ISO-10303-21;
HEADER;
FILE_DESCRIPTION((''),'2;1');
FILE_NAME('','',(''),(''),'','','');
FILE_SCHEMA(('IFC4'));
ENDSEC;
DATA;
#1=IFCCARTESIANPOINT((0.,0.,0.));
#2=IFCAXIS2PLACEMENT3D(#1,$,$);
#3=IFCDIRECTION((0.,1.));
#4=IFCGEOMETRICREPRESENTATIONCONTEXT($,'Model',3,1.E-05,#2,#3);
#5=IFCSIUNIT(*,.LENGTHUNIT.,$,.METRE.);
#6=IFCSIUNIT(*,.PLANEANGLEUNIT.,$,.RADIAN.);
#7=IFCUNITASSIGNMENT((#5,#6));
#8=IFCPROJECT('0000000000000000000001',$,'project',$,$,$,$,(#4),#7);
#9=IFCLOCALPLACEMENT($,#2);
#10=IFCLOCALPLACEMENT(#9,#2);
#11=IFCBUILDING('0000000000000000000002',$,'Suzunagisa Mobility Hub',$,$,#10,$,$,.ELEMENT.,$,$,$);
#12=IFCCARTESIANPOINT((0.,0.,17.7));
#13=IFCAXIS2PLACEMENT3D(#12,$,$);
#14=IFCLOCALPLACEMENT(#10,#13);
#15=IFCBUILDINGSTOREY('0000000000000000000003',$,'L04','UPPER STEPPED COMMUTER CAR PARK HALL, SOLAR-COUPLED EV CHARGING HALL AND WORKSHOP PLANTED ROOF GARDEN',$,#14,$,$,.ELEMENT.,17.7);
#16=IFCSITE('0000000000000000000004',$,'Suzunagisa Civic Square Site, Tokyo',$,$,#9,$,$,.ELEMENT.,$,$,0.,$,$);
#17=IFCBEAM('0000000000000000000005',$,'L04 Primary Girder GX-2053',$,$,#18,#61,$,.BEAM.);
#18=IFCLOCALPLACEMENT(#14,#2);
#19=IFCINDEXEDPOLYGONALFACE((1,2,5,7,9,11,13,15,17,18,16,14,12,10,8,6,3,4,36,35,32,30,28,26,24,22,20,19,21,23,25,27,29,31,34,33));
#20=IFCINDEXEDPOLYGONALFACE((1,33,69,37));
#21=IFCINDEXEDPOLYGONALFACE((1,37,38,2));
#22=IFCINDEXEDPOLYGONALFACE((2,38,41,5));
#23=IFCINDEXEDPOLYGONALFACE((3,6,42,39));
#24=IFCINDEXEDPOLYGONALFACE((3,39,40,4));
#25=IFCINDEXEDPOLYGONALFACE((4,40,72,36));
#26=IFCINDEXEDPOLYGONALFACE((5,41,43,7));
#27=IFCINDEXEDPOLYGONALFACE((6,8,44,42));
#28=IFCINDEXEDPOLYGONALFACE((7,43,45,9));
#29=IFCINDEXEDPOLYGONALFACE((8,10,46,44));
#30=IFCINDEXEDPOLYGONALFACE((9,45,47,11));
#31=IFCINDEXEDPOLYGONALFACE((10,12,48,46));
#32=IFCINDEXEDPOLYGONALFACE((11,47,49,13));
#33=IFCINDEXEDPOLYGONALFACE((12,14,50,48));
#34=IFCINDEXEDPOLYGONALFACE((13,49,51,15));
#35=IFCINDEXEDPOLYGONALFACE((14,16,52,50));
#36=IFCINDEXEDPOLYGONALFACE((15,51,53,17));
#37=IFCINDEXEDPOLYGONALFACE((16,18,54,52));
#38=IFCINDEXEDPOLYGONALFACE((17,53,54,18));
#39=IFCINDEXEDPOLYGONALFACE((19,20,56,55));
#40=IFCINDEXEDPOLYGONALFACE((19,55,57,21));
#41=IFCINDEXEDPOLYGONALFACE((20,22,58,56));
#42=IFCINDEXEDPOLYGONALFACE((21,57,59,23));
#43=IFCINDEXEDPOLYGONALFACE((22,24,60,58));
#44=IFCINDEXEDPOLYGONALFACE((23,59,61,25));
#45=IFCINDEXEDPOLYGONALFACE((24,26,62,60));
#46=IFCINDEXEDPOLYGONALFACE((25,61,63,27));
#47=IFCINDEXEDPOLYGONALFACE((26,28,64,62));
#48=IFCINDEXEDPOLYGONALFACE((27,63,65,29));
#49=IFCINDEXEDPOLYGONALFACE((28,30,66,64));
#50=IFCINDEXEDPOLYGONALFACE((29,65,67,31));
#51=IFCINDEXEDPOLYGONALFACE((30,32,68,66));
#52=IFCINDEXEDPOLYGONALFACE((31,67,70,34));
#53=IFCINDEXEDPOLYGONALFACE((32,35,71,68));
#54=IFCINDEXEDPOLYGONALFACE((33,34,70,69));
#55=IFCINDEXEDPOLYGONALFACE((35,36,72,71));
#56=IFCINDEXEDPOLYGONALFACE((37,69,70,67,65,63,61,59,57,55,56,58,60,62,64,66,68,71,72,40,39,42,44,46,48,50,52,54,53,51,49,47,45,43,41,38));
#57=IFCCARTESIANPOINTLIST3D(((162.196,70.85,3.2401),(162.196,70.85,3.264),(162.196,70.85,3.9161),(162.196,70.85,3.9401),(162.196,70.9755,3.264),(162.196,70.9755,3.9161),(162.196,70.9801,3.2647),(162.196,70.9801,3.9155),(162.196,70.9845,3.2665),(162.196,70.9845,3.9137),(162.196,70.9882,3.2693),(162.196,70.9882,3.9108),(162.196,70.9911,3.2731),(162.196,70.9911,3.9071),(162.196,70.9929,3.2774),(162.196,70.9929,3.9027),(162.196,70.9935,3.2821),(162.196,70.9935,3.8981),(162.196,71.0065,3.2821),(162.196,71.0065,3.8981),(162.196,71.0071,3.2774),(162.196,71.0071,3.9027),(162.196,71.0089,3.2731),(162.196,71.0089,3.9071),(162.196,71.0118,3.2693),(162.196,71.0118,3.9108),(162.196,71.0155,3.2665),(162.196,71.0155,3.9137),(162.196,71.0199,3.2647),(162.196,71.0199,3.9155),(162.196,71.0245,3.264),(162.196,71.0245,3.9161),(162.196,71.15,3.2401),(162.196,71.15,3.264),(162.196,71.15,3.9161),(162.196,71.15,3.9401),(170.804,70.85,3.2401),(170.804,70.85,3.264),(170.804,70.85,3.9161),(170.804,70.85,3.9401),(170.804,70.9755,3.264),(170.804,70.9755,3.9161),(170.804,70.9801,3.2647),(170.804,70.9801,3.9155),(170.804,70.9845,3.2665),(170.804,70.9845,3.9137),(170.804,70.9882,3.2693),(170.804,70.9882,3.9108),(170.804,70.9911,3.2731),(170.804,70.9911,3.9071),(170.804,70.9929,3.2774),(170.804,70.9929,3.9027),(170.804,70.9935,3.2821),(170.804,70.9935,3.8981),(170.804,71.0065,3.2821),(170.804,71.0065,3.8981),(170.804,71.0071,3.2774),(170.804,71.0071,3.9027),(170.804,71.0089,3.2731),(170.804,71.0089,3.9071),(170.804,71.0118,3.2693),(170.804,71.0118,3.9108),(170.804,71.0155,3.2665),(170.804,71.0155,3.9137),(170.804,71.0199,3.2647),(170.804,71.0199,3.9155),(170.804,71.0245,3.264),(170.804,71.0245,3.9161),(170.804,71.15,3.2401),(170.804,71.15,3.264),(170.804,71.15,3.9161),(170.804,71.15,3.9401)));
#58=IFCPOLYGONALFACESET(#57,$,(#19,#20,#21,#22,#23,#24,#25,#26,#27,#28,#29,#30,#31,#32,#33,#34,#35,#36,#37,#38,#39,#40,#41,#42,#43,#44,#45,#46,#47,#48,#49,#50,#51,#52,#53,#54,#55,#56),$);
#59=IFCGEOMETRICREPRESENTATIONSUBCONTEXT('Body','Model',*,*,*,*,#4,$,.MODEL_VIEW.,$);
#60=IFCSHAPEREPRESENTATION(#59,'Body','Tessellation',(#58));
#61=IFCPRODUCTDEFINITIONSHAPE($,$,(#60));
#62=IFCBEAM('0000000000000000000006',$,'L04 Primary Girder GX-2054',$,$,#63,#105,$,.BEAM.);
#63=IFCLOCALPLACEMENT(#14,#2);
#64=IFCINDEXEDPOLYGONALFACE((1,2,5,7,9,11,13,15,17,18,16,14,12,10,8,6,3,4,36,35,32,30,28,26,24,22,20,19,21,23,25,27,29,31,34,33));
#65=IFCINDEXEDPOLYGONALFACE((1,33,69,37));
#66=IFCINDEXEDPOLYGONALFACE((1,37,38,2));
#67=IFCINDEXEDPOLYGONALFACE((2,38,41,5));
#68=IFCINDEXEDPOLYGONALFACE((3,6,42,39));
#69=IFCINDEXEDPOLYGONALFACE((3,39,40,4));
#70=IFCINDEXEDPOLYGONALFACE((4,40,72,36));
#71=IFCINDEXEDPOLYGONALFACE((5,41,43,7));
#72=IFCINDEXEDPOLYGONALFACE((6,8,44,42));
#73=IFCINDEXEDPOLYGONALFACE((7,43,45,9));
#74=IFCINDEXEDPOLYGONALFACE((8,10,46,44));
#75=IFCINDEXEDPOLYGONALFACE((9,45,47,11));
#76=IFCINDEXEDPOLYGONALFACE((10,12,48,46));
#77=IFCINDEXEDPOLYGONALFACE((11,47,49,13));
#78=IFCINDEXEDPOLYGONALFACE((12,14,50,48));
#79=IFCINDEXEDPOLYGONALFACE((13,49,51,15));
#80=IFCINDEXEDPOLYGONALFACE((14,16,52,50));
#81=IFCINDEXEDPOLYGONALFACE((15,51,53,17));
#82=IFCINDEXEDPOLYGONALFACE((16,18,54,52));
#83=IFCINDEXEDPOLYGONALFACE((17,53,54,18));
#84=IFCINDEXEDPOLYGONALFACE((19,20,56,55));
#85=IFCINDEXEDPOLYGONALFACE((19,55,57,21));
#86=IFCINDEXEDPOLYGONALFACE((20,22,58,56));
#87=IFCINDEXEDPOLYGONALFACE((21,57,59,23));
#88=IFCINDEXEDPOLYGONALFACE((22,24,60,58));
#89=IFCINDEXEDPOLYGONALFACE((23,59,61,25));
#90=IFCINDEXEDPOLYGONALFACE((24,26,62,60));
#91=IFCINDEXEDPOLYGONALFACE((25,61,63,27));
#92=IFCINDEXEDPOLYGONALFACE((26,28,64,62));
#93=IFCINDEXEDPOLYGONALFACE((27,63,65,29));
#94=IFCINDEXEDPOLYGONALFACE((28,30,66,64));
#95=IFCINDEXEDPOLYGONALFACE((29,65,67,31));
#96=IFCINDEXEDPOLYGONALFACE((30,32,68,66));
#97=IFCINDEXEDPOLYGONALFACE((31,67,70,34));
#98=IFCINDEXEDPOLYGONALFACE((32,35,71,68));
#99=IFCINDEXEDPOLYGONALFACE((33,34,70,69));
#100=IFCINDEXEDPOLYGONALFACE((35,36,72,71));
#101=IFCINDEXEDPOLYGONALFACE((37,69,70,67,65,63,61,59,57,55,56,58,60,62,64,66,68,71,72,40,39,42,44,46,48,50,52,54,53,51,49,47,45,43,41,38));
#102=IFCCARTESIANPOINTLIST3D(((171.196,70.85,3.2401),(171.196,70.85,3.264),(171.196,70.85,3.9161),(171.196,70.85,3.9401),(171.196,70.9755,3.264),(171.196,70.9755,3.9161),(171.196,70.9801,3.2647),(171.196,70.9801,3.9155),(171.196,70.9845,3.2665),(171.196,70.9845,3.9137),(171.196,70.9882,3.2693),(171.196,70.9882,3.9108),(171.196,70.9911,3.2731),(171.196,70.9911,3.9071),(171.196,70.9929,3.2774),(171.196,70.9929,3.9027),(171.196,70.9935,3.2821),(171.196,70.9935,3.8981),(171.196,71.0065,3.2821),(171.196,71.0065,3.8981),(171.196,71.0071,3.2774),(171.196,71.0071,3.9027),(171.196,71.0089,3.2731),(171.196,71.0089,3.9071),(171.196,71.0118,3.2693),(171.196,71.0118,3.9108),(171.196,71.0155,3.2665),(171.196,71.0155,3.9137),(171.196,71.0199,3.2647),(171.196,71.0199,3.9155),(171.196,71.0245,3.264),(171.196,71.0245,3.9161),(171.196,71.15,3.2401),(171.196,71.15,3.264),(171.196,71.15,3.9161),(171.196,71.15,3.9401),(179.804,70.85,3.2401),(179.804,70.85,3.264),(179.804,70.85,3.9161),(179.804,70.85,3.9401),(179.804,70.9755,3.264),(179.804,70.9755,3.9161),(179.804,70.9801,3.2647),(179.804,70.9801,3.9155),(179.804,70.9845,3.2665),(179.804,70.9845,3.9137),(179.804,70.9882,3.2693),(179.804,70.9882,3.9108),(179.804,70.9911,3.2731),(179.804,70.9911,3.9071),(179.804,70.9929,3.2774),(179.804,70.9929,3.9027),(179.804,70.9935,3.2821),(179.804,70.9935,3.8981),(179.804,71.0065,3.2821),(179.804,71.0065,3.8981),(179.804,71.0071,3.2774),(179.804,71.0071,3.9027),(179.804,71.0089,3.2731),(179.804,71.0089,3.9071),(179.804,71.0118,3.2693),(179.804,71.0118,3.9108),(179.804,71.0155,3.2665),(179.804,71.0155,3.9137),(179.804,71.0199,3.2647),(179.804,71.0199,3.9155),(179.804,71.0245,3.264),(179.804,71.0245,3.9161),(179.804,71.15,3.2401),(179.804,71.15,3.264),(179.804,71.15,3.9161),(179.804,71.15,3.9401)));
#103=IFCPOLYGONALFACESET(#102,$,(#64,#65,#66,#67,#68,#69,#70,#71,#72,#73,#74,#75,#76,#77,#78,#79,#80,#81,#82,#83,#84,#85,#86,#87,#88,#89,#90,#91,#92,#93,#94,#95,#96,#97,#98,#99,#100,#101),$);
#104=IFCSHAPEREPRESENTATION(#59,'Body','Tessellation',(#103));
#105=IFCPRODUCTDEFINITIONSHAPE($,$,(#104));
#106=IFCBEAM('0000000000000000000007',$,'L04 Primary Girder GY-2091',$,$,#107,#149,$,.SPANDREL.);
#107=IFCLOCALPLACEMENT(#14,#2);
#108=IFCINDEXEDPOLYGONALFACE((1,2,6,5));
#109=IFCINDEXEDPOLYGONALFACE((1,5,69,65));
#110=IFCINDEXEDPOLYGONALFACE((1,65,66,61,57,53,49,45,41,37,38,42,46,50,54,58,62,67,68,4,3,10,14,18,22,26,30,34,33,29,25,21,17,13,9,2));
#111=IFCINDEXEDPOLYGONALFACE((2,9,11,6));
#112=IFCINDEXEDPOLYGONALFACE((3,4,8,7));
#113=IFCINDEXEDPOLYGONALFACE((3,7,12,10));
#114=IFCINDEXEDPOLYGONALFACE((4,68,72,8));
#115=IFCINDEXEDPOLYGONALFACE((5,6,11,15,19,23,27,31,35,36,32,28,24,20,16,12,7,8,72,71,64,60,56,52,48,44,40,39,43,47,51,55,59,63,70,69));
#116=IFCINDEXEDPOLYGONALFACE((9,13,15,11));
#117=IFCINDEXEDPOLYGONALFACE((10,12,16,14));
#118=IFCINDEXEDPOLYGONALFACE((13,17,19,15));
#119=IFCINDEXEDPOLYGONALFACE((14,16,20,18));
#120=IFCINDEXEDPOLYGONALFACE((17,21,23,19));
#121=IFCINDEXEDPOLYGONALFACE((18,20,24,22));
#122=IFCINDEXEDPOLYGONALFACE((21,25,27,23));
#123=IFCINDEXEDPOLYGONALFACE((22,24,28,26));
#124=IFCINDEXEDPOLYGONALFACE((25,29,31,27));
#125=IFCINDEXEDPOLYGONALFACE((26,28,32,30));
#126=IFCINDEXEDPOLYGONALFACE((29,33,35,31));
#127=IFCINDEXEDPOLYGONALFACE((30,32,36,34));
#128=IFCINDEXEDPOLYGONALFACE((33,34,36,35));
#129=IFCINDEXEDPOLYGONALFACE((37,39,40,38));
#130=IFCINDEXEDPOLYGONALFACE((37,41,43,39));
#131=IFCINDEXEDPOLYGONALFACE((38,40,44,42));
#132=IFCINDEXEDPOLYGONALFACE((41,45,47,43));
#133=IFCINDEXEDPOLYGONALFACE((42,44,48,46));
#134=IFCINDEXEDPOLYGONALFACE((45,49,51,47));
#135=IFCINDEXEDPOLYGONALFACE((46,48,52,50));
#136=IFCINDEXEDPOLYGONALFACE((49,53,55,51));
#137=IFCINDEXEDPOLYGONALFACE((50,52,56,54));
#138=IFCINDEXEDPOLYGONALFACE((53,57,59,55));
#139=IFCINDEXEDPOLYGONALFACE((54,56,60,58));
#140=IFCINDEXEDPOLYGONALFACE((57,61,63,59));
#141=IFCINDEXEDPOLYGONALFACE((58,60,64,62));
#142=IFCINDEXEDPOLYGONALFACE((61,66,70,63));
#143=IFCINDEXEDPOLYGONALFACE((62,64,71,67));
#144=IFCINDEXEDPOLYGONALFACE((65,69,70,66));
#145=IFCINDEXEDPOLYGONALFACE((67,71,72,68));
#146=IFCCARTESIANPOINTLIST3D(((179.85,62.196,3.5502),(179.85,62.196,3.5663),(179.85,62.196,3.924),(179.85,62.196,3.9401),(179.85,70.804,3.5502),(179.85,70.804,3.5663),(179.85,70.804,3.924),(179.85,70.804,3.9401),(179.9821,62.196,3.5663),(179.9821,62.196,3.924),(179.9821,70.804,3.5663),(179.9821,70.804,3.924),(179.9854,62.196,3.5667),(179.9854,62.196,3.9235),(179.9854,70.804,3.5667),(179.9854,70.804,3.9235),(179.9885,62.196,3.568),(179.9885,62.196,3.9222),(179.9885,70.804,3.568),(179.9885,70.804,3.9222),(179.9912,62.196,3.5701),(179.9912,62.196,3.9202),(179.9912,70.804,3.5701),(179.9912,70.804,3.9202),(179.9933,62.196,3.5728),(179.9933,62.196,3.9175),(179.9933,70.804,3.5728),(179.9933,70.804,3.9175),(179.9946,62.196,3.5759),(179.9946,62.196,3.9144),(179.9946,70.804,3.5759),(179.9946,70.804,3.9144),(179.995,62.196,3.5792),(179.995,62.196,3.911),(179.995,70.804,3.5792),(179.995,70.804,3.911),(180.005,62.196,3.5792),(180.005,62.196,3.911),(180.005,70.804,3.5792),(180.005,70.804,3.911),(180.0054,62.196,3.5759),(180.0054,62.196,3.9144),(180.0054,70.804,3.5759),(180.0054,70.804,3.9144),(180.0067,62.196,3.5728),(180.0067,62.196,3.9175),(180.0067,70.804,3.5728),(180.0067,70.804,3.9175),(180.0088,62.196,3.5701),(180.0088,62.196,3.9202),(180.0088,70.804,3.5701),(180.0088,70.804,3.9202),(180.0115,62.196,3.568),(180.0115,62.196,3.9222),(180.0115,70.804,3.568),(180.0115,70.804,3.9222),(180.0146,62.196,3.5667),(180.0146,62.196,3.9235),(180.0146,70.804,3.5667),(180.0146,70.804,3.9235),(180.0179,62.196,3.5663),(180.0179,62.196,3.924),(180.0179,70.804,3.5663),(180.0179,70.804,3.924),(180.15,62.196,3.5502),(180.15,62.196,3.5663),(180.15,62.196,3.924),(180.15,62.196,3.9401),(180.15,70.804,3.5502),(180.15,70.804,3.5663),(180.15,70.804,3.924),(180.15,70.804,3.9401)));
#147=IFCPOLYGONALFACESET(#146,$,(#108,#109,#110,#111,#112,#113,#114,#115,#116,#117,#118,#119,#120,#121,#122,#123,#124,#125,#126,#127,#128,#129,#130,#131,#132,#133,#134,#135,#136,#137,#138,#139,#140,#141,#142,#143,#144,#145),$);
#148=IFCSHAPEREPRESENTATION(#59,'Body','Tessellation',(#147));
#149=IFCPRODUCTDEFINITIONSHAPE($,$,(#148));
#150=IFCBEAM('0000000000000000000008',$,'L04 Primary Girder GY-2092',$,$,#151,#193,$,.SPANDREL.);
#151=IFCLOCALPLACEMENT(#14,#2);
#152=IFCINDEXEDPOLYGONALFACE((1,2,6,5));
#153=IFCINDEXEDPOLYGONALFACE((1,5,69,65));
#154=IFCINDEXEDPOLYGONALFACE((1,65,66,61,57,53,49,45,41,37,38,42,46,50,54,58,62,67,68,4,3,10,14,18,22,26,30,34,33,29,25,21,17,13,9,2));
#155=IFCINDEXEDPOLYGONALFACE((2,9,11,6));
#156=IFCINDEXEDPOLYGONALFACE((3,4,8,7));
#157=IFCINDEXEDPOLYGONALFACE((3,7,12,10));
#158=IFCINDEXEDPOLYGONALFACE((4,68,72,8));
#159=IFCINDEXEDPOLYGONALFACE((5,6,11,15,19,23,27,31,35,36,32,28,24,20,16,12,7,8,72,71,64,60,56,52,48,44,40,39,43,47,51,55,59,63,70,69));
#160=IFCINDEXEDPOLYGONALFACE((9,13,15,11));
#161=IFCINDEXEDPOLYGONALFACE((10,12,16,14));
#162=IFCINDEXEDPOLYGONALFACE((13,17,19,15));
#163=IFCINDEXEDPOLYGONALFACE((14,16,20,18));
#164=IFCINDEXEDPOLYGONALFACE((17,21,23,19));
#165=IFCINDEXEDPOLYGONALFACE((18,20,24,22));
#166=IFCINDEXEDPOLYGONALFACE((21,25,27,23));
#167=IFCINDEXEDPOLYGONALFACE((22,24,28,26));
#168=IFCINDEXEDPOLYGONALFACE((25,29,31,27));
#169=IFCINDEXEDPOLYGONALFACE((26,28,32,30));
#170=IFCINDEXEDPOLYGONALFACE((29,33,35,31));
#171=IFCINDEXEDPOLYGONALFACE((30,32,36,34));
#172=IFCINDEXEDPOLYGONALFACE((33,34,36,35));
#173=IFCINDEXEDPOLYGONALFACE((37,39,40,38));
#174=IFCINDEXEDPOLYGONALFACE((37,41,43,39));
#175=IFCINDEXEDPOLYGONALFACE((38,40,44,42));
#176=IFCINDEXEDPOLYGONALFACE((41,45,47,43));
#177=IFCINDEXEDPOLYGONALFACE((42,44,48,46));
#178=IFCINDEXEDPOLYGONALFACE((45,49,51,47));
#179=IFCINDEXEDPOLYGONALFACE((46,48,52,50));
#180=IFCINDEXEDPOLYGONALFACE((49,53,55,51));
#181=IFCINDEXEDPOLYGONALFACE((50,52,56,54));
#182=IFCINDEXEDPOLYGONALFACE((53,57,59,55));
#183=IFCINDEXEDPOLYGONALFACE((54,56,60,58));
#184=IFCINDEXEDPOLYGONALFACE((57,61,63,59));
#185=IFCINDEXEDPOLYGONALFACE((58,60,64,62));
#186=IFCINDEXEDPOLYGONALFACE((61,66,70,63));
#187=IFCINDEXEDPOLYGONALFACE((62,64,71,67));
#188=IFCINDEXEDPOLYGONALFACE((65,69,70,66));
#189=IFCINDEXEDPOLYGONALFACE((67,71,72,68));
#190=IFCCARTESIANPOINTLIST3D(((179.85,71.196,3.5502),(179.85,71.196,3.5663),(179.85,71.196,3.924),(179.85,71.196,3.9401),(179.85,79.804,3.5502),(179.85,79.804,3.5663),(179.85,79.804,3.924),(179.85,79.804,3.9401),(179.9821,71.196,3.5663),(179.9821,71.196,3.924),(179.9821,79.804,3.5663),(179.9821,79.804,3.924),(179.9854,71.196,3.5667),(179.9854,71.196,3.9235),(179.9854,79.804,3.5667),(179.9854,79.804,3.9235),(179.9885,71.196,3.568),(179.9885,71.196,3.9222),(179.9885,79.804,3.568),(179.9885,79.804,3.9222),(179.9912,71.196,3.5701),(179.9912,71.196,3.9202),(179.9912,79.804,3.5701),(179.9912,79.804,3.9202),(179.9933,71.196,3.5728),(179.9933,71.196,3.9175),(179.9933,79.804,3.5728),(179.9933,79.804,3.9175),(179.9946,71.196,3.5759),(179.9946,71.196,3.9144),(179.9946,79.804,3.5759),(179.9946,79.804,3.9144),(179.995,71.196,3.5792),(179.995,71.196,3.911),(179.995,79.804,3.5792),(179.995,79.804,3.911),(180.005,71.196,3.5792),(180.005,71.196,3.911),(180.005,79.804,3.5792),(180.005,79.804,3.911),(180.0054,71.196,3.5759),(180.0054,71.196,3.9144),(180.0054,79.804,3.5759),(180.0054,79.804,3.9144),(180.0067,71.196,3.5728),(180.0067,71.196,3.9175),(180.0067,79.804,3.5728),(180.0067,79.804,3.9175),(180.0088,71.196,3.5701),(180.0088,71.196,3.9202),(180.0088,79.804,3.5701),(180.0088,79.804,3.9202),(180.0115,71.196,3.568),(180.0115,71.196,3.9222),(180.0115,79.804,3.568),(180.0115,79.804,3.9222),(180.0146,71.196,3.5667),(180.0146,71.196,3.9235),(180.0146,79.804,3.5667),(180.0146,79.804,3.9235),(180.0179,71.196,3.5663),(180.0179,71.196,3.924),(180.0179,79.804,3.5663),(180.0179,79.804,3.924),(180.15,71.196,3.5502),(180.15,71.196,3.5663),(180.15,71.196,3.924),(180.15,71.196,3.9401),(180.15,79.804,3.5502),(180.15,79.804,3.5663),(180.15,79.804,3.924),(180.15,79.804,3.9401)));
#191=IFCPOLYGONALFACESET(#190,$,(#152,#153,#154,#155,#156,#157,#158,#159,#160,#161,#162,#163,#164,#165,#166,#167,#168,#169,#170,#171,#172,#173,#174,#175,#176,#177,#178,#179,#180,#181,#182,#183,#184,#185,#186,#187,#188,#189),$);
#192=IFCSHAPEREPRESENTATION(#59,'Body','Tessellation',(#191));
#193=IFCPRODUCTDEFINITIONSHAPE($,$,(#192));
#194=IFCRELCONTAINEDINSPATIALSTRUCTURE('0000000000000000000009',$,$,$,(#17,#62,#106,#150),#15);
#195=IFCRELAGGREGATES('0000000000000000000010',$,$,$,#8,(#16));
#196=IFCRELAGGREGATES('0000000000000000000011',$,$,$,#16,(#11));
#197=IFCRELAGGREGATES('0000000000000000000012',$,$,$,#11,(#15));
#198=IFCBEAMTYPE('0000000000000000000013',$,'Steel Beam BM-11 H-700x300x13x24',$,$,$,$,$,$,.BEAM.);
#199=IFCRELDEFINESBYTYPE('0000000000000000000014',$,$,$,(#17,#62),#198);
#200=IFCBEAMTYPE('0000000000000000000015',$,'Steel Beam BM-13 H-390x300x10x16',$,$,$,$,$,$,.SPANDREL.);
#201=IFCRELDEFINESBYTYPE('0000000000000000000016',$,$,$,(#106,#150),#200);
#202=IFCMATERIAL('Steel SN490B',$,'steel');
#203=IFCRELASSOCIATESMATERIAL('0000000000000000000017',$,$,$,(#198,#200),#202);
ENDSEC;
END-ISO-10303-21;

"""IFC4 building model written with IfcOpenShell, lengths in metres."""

from ifc_helpers import new_model, si_unit, direction, frame, origin, origin_2d, place, context, subcontext, project, spatial, i_section, extrude, material, material_profile, profile_set, type_object, element, save


model = new_model("IFC4")

# Units and contexts
model_context = context("Model", 3, precision=1e-05, world=origin(), true_north=direction((0.0, 1.0)))
body_context = subcontext(model_context, "Body", "Model", "MODEL_VIEW")
ifc_project = project(units=[si_unit("LENGTHUNIT", "METRE"), si_unit("PLANEANGLEUNIT", "RADIAN")], contexts=[model_context])

# Site, building, storey
site_placement = place(None, origin())
site = spatial("IfcSite", under=ifc_project, at=site_placement, Name="Suzunagisa Civic Square Site, Tokyo", CompositionType="ELEMENT", RefElevation=0.0)
building_placement = place(site_placement, origin())
building = spatial("IfcBuilding", under=site, at=building_placement, Name="Suzunagisa Mobility Hub", CompositionType="ELEMENT")
storey_placement = place(building_placement, frame((0.0, 0.0, 17.7)))
storey = spatial("IfcBuildingStorey", under=building, at=storey_placement, Name="L04", Description="UPPER STEPPED COMMUTER CAR PARK HALL, SOLAR-COUPLED EV CHARGING HALL AND WORKSHOP PLANTED ROOF GARDEN", CompositionType="ELEMENT", Elevation=17.7)

# Shared definitions
ifc_material_1 = material(Name="Steel SN490B", Category="steel")

# Beams
ifc_material_profile_1 = material_profile(ifc_material_1, i_section(OverallWidth=0.3, OverallDepth=0.7, WebThickness=0.0129, FlangeThickness=0.0239, FilletRadius=0.0181, at=origin_2d()), Name="H-700x300x13x24")
ifc_profile_set_1 = profile_set([ifc_material_profile_1], Name="Steel SN490B")
beam_type_1 = type_object("IfcBeamType", Name="Steel Beam BM-11 H-700x300x13x24", PredefinedType="BEAM", material=ifc_profile_set_1)
for number, where, z_axis, x_axis, name in (
    (1, (162.196, 71.0, 3.5901), (1.0, 0.0, 0.0), (0.0, 1.0, 0.0), "L04 Primary Girder GX-2053"),
    (2, (171.196, 71.0, 3.5901), (1.0, 0.0, 0.0), (0.0, 1.0, 0.0), "L04 Primary Girder GX-2054"),
):
    element("IfcBeam", number, at=place(storey_placement, frame(where, z_axis=z_axis, x_axis=x_axis)), inside=storey, type_object=beam_type_1, Name=name, PredefinedType="BEAM", context=body_context, shape_type="SweptSolid", body=[
        extrude(i_section(OverallWidth=0.3, OverallDepth=0.7, WebThickness=0.0129, FlangeThickness=0.0239, FilletRadius=0.0181, at=origin_2d()), origin(), (0.0, 0.0, 1.0), 8.6079),
    ])
ifc_material_profile_2 = material_profile(ifc_material_1, i_section(OverallWidth=0.3, OverallDepth=0.3899, WebThickness=0.01, FlangeThickness=0.0161, FilletRadius=0.0129, at=origin_2d()), Name="H-390x300x10x16")
ifc_profile_set_2 = profile_set([ifc_material_profile_2], Name="Steel SN490B")
beam_type_2 = type_object("IfcBeamType", Name="Steel Beam BM-13 H-390x300x10x16", PredefinedType="SPANDREL", material=ifc_profile_set_2)
for number, where, z_axis, x_axis, name in (
    (3, (180.0, 62.196, 3.7451), (0.0, 1.0, 0.0), (-1.0, 0.0, 0.0), "L04 Primary Girder GY-2091"),
    (4, (180.0, 71.196, 3.7451), (0.0, 1.0, 0.0), (-1.0, 0.0, 0.0), "L04 Primary Girder GY-2092"),
):
    element("IfcBeam", number, at=place(storey_placement, frame(where, z_axis=z_axis, x_axis=x_axis)), inside=storey, type_object=beam_type_2, Name=name, PredefinedType="SPANDREL", context=body_context, shape_type="SweptSolid", body=[
        extrude(i_section(OverallWidth=0.3, OverallDepth=0.3899, WebThickness=0.01, FlangeThickness=0.0161, FilletRadius=0.0129, at=origin_2d()), origin(), (0.0, 0.0, 1.0), 8.6079),
    ])

save(model, "model.ifc")
